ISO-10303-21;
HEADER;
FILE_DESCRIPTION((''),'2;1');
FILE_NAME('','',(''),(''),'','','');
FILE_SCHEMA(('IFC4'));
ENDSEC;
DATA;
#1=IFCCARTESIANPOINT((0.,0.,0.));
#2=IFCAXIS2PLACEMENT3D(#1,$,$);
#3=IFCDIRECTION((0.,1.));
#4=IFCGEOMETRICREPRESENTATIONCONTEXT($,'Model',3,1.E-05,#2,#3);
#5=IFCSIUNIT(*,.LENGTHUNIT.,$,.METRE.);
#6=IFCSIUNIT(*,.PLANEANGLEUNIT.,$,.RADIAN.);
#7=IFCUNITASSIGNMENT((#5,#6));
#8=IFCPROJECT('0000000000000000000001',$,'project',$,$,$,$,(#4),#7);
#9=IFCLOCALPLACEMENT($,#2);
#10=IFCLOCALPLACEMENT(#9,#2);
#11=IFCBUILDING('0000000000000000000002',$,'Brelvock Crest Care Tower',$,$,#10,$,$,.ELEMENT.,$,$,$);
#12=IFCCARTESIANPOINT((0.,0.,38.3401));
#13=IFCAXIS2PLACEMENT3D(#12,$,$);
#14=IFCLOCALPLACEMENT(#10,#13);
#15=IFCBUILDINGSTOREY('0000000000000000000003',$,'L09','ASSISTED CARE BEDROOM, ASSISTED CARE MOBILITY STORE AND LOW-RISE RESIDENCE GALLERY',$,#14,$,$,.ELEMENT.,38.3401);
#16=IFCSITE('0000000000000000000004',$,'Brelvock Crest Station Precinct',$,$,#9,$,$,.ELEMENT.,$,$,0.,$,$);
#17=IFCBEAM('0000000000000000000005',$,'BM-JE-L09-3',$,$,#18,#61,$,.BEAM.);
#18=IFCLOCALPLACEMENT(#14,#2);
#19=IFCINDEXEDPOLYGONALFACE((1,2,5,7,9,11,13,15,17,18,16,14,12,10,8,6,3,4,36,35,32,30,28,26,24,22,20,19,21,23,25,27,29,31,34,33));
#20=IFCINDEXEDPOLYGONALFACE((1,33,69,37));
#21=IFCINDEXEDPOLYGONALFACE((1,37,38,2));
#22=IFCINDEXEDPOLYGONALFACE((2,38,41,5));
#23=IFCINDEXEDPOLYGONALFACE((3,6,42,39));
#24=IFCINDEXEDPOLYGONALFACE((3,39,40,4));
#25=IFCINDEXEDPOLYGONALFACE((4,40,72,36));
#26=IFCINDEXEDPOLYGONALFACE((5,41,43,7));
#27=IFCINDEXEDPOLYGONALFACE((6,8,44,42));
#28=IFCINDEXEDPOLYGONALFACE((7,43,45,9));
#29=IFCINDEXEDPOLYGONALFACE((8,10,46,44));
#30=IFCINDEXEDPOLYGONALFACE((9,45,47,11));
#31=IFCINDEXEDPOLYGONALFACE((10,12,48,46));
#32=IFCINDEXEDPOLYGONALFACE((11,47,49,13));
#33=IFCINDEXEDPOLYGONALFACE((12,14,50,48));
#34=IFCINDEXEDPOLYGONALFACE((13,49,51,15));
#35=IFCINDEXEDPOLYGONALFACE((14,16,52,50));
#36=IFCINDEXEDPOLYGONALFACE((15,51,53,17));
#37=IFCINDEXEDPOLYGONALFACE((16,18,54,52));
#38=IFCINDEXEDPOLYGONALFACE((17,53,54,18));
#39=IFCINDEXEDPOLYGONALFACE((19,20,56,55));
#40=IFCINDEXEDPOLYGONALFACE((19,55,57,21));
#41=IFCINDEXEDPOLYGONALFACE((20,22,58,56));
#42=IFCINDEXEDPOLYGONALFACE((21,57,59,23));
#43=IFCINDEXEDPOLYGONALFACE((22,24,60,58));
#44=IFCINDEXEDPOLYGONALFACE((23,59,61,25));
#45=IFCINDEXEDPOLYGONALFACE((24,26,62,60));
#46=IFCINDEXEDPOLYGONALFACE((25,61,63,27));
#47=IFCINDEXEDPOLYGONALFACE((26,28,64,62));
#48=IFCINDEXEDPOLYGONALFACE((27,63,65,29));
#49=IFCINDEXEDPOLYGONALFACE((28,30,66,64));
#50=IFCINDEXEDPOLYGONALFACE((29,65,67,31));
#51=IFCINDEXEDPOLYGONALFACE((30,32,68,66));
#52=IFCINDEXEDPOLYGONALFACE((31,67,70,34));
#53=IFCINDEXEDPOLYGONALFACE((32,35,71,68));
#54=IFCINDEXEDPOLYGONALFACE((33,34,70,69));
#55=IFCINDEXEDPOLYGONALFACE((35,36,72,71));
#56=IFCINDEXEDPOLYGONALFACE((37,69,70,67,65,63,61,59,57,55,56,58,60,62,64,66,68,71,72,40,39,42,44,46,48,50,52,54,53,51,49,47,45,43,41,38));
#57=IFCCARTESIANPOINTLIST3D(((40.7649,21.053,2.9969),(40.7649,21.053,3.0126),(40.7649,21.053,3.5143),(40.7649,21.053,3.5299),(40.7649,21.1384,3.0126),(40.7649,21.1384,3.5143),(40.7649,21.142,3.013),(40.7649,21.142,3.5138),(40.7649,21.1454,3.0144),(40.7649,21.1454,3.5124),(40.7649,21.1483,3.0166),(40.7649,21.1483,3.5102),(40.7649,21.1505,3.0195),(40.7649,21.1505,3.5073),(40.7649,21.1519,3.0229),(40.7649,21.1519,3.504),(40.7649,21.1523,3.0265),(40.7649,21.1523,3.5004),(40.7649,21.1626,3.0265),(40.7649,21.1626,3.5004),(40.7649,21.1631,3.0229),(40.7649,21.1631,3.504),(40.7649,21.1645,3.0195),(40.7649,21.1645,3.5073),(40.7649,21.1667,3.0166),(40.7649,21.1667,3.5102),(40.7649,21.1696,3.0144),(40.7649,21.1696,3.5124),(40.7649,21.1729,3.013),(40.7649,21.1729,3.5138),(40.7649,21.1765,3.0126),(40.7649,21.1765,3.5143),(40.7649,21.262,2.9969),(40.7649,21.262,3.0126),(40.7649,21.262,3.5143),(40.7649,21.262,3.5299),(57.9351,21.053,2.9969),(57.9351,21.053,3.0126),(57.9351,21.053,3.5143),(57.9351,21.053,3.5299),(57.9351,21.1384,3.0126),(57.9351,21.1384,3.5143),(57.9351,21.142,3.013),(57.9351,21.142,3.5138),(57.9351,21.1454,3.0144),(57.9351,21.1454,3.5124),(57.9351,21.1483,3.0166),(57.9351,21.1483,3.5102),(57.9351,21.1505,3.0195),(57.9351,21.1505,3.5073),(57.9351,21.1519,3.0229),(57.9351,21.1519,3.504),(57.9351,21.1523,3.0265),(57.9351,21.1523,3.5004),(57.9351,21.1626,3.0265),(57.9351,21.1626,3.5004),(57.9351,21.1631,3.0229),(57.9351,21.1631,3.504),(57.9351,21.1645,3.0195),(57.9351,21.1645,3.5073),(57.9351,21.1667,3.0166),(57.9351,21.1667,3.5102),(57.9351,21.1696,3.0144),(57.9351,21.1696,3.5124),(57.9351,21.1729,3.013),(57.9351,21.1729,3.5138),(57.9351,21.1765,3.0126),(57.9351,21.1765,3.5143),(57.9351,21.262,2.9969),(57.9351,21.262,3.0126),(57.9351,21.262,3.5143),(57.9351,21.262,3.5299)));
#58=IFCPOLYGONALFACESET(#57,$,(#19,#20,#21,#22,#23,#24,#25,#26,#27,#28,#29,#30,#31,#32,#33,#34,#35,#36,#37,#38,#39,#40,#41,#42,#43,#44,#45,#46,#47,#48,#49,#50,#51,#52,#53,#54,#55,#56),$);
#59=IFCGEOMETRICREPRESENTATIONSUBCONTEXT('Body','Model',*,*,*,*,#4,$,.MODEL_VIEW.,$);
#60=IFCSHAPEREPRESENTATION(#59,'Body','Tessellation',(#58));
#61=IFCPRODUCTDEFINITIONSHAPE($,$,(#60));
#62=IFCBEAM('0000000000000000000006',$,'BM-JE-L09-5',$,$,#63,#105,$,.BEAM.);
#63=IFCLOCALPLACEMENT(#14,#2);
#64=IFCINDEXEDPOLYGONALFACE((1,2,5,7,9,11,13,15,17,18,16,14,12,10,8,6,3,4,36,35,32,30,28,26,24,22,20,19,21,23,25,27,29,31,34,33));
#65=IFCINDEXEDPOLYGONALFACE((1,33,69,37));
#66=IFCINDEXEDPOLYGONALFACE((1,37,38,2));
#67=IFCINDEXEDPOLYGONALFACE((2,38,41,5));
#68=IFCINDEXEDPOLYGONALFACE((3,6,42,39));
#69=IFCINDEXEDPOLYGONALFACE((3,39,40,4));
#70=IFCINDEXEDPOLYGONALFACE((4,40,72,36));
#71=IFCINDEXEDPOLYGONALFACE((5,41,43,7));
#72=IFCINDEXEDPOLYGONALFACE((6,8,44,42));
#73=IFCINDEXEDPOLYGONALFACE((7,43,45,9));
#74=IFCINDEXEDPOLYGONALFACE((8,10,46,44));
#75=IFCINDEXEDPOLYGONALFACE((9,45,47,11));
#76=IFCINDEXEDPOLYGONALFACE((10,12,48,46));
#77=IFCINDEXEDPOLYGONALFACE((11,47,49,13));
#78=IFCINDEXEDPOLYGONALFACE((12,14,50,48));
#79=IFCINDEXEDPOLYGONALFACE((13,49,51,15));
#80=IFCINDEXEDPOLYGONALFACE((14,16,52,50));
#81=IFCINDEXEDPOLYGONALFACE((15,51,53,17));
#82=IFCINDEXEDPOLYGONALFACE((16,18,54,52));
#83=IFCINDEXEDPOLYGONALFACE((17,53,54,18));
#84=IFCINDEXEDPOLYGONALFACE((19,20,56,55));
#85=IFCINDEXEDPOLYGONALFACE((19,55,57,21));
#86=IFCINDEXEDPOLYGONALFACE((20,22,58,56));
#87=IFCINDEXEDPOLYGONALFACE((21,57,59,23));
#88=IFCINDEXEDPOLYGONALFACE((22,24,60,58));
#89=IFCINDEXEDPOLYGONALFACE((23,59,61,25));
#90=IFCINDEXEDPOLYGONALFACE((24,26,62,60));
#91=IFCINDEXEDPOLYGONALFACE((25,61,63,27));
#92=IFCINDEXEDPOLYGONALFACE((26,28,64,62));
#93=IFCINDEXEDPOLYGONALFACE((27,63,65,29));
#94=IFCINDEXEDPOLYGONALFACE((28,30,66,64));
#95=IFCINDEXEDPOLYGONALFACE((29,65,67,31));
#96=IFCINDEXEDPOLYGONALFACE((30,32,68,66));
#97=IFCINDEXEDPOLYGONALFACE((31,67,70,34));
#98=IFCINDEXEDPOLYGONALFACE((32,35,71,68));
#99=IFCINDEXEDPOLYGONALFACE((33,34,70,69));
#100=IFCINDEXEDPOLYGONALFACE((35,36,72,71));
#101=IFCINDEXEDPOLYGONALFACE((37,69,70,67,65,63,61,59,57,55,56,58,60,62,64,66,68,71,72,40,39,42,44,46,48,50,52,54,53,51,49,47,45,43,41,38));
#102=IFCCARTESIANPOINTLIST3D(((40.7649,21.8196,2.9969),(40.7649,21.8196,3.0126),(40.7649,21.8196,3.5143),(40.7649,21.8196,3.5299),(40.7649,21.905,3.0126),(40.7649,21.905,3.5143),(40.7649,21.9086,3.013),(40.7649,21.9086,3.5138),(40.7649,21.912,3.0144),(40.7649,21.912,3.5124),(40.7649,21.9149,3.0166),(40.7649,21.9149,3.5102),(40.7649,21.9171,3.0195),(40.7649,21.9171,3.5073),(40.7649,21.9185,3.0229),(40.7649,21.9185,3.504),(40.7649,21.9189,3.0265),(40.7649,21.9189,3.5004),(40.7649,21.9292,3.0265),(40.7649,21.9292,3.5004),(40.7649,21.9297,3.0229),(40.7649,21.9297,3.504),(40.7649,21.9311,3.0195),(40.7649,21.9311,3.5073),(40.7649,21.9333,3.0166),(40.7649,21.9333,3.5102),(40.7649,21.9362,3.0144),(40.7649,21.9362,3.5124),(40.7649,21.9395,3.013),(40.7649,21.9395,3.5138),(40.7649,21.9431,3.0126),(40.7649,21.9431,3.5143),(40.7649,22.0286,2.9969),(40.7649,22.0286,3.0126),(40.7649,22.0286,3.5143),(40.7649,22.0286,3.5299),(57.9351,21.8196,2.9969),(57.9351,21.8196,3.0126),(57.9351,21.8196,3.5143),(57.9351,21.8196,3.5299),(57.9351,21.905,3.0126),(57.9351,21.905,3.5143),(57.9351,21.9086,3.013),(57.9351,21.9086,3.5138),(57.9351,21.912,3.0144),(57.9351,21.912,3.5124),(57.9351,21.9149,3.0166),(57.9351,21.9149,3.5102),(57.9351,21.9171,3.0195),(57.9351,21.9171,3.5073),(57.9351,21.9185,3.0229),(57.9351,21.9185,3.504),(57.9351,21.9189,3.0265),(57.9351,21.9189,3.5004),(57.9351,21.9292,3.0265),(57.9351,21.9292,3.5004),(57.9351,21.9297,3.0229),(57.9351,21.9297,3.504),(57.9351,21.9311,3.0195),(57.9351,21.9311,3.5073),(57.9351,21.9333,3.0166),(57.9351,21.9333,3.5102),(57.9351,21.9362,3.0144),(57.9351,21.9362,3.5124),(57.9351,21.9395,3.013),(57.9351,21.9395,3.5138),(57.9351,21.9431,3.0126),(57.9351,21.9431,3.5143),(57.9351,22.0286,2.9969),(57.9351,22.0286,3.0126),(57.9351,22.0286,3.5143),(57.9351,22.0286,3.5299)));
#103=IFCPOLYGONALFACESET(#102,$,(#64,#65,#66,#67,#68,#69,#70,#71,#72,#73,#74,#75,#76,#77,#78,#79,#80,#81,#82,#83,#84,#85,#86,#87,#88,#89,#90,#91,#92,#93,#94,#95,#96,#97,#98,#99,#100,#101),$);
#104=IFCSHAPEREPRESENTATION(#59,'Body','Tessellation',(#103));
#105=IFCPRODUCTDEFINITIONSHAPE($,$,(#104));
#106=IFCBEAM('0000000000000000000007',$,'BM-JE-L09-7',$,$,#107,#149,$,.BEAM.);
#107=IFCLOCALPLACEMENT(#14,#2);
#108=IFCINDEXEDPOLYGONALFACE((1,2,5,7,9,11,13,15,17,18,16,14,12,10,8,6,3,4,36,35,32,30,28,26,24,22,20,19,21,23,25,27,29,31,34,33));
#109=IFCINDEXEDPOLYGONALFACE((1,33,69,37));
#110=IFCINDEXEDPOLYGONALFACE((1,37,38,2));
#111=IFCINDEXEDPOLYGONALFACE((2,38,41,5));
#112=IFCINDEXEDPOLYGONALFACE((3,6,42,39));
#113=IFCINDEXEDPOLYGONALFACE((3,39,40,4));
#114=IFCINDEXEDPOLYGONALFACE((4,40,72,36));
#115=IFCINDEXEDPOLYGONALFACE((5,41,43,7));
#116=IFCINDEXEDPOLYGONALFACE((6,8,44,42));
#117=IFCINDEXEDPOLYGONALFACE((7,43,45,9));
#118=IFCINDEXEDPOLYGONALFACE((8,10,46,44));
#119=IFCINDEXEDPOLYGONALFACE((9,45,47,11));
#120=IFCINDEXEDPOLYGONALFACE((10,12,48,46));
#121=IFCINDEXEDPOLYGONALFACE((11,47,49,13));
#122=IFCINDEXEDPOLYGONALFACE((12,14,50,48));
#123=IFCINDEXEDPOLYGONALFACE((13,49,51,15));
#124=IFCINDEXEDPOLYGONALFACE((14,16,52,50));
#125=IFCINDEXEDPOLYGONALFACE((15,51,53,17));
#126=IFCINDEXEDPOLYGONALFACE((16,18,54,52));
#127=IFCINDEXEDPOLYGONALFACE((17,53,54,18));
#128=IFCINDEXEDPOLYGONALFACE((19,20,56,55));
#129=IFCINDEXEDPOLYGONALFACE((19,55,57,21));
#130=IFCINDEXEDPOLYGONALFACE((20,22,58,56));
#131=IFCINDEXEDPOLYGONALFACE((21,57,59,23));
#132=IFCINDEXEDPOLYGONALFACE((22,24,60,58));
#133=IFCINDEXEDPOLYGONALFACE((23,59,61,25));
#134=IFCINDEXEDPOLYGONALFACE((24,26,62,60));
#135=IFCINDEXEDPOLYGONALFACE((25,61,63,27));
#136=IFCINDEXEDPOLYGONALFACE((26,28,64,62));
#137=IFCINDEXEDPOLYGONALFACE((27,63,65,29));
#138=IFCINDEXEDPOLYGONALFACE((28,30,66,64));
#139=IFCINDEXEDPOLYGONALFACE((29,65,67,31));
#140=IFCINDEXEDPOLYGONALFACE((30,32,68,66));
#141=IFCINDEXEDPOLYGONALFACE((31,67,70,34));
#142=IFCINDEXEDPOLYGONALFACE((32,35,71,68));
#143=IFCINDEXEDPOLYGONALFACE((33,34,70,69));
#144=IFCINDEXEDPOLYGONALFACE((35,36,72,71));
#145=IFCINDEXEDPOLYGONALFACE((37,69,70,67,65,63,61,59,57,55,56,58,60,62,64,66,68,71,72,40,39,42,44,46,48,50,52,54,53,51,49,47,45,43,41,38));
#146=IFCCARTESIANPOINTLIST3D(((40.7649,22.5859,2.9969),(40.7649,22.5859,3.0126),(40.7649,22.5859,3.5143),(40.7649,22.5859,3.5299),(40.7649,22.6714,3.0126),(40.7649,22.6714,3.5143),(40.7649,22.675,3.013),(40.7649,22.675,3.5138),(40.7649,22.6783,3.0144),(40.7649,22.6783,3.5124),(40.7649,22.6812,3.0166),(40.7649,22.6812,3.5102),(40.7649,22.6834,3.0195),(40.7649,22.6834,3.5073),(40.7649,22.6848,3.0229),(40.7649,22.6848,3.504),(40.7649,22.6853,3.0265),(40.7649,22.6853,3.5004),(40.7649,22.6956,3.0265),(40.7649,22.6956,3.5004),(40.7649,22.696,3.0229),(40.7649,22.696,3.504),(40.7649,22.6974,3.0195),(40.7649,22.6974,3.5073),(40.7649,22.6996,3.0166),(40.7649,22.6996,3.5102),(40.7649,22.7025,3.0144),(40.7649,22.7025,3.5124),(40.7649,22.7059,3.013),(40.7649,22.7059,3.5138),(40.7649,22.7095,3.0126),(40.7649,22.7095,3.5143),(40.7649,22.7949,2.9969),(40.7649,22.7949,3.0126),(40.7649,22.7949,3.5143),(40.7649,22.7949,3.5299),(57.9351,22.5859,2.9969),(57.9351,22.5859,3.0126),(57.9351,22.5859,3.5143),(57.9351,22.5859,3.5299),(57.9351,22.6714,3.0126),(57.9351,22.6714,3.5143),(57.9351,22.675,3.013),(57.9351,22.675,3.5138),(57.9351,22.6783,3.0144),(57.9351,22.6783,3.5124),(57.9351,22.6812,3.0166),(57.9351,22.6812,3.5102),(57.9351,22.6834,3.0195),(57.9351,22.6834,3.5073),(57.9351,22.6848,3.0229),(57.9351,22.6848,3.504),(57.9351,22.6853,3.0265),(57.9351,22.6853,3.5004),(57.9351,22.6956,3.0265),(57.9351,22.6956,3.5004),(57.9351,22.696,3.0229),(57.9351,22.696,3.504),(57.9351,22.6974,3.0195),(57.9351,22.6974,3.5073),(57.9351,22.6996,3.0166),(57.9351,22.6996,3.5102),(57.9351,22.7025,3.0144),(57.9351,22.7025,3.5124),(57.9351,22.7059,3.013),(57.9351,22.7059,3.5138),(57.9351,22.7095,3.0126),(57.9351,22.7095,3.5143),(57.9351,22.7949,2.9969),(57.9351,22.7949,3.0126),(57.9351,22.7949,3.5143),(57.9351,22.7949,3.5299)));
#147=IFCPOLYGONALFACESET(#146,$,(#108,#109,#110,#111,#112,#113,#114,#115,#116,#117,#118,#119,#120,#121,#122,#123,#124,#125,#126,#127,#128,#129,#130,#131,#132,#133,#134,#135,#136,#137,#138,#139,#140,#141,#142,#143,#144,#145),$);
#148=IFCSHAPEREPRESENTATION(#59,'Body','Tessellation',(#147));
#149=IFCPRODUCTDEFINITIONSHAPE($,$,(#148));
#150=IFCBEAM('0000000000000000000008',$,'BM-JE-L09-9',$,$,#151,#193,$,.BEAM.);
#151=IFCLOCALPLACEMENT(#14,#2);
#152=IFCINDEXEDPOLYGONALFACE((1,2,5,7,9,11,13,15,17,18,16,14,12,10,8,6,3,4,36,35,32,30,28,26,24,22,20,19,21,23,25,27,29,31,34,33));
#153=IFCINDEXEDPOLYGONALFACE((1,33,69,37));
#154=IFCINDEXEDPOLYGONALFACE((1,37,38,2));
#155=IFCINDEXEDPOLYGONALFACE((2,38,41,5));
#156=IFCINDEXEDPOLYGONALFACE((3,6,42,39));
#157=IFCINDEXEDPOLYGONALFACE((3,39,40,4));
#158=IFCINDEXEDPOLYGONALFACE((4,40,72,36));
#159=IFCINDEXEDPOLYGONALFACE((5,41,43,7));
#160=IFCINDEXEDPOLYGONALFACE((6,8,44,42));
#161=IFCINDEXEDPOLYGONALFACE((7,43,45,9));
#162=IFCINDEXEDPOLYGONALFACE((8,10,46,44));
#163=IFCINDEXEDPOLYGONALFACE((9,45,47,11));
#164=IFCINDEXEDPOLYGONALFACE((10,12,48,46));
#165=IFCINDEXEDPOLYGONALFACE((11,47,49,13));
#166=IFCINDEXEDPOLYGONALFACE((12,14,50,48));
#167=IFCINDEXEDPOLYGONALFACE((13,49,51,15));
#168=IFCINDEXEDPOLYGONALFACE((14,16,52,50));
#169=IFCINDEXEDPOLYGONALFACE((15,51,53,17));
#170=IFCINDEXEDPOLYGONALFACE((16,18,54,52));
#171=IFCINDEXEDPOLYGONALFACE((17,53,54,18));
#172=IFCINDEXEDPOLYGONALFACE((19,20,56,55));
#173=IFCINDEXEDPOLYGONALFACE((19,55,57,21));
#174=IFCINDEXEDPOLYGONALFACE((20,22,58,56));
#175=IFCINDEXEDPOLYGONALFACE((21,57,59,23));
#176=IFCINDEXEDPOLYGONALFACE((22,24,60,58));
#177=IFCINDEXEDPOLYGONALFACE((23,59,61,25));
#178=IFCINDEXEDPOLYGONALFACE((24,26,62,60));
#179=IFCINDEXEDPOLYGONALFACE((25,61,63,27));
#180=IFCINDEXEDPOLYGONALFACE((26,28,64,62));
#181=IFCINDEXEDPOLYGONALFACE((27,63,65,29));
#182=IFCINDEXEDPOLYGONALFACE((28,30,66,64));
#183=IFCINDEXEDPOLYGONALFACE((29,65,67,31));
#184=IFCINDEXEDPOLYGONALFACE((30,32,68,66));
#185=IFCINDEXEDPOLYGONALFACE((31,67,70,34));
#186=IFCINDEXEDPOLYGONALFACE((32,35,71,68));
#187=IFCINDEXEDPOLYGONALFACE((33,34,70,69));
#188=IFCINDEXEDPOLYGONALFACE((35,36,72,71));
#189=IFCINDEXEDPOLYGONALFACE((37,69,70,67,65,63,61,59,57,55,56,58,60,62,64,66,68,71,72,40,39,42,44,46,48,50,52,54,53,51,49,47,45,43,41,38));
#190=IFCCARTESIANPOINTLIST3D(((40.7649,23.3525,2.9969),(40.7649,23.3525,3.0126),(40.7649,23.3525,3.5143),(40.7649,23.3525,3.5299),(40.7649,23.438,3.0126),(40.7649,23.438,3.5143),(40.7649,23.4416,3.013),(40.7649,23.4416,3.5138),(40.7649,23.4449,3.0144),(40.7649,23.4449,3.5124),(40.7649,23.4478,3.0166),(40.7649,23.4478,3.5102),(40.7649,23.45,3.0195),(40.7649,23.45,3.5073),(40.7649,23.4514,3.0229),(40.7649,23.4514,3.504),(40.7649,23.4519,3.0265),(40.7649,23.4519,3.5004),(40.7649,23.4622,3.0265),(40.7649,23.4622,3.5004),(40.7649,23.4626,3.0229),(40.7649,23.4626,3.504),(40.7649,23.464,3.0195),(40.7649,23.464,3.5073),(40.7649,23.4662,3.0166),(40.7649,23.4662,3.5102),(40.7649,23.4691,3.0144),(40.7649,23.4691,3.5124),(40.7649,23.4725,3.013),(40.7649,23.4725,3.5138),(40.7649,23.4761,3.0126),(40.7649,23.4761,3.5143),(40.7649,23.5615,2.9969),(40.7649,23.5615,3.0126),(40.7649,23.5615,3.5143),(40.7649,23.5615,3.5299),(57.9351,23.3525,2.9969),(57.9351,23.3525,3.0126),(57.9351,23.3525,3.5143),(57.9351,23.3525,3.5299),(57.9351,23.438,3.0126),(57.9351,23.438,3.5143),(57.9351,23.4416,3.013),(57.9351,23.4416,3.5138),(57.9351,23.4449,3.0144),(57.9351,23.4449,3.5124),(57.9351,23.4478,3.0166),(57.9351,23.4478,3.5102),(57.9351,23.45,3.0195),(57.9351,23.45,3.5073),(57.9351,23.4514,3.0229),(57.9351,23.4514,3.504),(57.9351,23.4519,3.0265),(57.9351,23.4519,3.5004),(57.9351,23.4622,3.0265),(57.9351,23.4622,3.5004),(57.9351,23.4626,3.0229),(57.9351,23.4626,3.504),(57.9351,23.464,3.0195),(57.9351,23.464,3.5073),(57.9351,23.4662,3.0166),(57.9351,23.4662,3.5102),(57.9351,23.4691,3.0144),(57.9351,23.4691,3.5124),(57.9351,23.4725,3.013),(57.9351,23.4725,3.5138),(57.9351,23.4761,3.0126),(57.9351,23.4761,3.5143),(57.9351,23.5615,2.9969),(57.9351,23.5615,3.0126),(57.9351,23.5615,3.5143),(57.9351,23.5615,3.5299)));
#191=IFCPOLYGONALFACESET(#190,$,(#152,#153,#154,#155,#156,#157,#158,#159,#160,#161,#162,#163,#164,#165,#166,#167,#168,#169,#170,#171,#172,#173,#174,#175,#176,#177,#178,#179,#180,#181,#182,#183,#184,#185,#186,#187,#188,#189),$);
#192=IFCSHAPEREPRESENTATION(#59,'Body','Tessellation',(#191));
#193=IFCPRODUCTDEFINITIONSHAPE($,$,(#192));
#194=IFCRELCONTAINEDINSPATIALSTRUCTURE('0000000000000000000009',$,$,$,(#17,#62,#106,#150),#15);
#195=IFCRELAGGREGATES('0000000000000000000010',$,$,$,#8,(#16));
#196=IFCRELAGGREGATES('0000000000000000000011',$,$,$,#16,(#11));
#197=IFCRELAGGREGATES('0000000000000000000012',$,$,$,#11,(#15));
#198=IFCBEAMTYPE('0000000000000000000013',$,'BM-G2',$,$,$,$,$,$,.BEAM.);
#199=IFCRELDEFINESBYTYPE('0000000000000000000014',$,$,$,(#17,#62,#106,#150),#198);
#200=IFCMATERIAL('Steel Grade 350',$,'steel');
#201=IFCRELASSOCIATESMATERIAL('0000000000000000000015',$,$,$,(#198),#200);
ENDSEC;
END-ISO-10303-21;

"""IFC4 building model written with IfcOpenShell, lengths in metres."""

from ifc_helpers import new_model, si_unit, direction, frame, origin, origin_2d, place, context, subcontext, project, spatial, i_section, extrude, source, transform, mapped, material, material_profile, profile_set, type_object, element, save


model = new_model("IFC4")

# Units and contexts
model_context = context("Model", 3, precision=1e-05, world=origin(), true_north=direction((0.0, 1.0)))
body_context = subcontext(model_context, "Body", "Model", "MODEL_VIEW")
ifc_project = project(units=[si_unit("LENGTHUNIT", "METRE"), si_unit("PLANEANGLEUNIT", "RADIAN")], contexts=[model_context])

# Site, building, storey
site_placement = place(None, origin())
site = spatial("IfcSite", under=ifc_project, at=site_placement, Name="Brelvock Crest Station Precinct", CompositionType="ELEMENT", RefElevation=0.0)
building_placement = place(site_placement, origin())
building = spatial("IfcBuilding", under=site, at=building_placement, Name="Brelvock Crest Care Tower", CompositionType="ELEMENT")
storey_placement = place(building_placement, frame((0.0, 0.0, 38.3401)))
storey = spatial("IfcBuildingStorey", under=building, at=storey_placement, Name="L09", Description="ASSISTED CARE BEDROOM, ASSISTED CARE MOBILITY STORE AND LOW-RISE RESIDENCE GALLERY", CompositionType="ELEMENT", Elevation=38.3401)

# Beams
ifc_material_1 = material(Name="Steel Grade 350", Category="steel")
ifc_material_profile_1 = material_profile(ifc_material_1, i_section(OverallWidth=0.209, OverallDepth=0.533, WebThickness=0.0103, FlangeThickness=0.0156, FilletRadius=0.0139, at=origin_2d()), Name="530UB92.4")
ifc_profile_set_1 = profile_set([ifc_material_profile_1], Name="Steel Grade 350")
beam_type_1 = type_object("IfcBeamType", Name="BM-G2", PredefinedType="BEAM", material=ifc_profile_set_1)
shared_shape_1 = source(origin(), body_context, "Body", "SweptSolid", [
    extrude(i_section(OverallWidth=0.209, OverallDepth=0.533, WebThickness=0.0103, FlangeThickness=0.0156, FilletRadius=0.0139, at=origin_2d()), origin(), (0.0, 0.0, 1.0), 17.1702),
])
for number, where, z_axis, x_axis, name in (
    (1, (40.7649, 21.1575, 3.2634), (1.0, 0.0, 0.0), (0.0, 1.0, 0.0), "BM-JE-L09-3"),
    (2, (40.7649, 21.9241, 3.2634), (1.0, 0.0, 0.0), (0.0, 1.0, 0.0), "BM-JE-L09-5"),
    (3, (40.7649, 22.6904, 3.2634), (1.0, 0.0, 0.0), (0.0, 1.0, 0.0), "BM-JE-L09-7"),
    (4, (40.7649, 23.457, 3.2634), (1.0, 0.0, 0.0), (0.0, 1.0, 0.0), "BM-JE-L09-9"),
):
    element("IfcBeam", number, at=place(storey_placement, frame(where, z_axis=z_axis, x_axis=x_axis)), inside=storey, type_object=beam_type_1, Name=name, PredefinedType="BEAM", context=body_context, shape_type="MappedRepresentation", body=[
        mapped(shared_shape_1, transform((0.0, 0.0, 0.0), x_axis=(1.0, 0.0, 0.0), y_axis=(0.0, 1.0, 0.0), z_axis=(0.0, 0.0, 1.0), scale=1.0)),
    ])

save(model, "model.ifc")
